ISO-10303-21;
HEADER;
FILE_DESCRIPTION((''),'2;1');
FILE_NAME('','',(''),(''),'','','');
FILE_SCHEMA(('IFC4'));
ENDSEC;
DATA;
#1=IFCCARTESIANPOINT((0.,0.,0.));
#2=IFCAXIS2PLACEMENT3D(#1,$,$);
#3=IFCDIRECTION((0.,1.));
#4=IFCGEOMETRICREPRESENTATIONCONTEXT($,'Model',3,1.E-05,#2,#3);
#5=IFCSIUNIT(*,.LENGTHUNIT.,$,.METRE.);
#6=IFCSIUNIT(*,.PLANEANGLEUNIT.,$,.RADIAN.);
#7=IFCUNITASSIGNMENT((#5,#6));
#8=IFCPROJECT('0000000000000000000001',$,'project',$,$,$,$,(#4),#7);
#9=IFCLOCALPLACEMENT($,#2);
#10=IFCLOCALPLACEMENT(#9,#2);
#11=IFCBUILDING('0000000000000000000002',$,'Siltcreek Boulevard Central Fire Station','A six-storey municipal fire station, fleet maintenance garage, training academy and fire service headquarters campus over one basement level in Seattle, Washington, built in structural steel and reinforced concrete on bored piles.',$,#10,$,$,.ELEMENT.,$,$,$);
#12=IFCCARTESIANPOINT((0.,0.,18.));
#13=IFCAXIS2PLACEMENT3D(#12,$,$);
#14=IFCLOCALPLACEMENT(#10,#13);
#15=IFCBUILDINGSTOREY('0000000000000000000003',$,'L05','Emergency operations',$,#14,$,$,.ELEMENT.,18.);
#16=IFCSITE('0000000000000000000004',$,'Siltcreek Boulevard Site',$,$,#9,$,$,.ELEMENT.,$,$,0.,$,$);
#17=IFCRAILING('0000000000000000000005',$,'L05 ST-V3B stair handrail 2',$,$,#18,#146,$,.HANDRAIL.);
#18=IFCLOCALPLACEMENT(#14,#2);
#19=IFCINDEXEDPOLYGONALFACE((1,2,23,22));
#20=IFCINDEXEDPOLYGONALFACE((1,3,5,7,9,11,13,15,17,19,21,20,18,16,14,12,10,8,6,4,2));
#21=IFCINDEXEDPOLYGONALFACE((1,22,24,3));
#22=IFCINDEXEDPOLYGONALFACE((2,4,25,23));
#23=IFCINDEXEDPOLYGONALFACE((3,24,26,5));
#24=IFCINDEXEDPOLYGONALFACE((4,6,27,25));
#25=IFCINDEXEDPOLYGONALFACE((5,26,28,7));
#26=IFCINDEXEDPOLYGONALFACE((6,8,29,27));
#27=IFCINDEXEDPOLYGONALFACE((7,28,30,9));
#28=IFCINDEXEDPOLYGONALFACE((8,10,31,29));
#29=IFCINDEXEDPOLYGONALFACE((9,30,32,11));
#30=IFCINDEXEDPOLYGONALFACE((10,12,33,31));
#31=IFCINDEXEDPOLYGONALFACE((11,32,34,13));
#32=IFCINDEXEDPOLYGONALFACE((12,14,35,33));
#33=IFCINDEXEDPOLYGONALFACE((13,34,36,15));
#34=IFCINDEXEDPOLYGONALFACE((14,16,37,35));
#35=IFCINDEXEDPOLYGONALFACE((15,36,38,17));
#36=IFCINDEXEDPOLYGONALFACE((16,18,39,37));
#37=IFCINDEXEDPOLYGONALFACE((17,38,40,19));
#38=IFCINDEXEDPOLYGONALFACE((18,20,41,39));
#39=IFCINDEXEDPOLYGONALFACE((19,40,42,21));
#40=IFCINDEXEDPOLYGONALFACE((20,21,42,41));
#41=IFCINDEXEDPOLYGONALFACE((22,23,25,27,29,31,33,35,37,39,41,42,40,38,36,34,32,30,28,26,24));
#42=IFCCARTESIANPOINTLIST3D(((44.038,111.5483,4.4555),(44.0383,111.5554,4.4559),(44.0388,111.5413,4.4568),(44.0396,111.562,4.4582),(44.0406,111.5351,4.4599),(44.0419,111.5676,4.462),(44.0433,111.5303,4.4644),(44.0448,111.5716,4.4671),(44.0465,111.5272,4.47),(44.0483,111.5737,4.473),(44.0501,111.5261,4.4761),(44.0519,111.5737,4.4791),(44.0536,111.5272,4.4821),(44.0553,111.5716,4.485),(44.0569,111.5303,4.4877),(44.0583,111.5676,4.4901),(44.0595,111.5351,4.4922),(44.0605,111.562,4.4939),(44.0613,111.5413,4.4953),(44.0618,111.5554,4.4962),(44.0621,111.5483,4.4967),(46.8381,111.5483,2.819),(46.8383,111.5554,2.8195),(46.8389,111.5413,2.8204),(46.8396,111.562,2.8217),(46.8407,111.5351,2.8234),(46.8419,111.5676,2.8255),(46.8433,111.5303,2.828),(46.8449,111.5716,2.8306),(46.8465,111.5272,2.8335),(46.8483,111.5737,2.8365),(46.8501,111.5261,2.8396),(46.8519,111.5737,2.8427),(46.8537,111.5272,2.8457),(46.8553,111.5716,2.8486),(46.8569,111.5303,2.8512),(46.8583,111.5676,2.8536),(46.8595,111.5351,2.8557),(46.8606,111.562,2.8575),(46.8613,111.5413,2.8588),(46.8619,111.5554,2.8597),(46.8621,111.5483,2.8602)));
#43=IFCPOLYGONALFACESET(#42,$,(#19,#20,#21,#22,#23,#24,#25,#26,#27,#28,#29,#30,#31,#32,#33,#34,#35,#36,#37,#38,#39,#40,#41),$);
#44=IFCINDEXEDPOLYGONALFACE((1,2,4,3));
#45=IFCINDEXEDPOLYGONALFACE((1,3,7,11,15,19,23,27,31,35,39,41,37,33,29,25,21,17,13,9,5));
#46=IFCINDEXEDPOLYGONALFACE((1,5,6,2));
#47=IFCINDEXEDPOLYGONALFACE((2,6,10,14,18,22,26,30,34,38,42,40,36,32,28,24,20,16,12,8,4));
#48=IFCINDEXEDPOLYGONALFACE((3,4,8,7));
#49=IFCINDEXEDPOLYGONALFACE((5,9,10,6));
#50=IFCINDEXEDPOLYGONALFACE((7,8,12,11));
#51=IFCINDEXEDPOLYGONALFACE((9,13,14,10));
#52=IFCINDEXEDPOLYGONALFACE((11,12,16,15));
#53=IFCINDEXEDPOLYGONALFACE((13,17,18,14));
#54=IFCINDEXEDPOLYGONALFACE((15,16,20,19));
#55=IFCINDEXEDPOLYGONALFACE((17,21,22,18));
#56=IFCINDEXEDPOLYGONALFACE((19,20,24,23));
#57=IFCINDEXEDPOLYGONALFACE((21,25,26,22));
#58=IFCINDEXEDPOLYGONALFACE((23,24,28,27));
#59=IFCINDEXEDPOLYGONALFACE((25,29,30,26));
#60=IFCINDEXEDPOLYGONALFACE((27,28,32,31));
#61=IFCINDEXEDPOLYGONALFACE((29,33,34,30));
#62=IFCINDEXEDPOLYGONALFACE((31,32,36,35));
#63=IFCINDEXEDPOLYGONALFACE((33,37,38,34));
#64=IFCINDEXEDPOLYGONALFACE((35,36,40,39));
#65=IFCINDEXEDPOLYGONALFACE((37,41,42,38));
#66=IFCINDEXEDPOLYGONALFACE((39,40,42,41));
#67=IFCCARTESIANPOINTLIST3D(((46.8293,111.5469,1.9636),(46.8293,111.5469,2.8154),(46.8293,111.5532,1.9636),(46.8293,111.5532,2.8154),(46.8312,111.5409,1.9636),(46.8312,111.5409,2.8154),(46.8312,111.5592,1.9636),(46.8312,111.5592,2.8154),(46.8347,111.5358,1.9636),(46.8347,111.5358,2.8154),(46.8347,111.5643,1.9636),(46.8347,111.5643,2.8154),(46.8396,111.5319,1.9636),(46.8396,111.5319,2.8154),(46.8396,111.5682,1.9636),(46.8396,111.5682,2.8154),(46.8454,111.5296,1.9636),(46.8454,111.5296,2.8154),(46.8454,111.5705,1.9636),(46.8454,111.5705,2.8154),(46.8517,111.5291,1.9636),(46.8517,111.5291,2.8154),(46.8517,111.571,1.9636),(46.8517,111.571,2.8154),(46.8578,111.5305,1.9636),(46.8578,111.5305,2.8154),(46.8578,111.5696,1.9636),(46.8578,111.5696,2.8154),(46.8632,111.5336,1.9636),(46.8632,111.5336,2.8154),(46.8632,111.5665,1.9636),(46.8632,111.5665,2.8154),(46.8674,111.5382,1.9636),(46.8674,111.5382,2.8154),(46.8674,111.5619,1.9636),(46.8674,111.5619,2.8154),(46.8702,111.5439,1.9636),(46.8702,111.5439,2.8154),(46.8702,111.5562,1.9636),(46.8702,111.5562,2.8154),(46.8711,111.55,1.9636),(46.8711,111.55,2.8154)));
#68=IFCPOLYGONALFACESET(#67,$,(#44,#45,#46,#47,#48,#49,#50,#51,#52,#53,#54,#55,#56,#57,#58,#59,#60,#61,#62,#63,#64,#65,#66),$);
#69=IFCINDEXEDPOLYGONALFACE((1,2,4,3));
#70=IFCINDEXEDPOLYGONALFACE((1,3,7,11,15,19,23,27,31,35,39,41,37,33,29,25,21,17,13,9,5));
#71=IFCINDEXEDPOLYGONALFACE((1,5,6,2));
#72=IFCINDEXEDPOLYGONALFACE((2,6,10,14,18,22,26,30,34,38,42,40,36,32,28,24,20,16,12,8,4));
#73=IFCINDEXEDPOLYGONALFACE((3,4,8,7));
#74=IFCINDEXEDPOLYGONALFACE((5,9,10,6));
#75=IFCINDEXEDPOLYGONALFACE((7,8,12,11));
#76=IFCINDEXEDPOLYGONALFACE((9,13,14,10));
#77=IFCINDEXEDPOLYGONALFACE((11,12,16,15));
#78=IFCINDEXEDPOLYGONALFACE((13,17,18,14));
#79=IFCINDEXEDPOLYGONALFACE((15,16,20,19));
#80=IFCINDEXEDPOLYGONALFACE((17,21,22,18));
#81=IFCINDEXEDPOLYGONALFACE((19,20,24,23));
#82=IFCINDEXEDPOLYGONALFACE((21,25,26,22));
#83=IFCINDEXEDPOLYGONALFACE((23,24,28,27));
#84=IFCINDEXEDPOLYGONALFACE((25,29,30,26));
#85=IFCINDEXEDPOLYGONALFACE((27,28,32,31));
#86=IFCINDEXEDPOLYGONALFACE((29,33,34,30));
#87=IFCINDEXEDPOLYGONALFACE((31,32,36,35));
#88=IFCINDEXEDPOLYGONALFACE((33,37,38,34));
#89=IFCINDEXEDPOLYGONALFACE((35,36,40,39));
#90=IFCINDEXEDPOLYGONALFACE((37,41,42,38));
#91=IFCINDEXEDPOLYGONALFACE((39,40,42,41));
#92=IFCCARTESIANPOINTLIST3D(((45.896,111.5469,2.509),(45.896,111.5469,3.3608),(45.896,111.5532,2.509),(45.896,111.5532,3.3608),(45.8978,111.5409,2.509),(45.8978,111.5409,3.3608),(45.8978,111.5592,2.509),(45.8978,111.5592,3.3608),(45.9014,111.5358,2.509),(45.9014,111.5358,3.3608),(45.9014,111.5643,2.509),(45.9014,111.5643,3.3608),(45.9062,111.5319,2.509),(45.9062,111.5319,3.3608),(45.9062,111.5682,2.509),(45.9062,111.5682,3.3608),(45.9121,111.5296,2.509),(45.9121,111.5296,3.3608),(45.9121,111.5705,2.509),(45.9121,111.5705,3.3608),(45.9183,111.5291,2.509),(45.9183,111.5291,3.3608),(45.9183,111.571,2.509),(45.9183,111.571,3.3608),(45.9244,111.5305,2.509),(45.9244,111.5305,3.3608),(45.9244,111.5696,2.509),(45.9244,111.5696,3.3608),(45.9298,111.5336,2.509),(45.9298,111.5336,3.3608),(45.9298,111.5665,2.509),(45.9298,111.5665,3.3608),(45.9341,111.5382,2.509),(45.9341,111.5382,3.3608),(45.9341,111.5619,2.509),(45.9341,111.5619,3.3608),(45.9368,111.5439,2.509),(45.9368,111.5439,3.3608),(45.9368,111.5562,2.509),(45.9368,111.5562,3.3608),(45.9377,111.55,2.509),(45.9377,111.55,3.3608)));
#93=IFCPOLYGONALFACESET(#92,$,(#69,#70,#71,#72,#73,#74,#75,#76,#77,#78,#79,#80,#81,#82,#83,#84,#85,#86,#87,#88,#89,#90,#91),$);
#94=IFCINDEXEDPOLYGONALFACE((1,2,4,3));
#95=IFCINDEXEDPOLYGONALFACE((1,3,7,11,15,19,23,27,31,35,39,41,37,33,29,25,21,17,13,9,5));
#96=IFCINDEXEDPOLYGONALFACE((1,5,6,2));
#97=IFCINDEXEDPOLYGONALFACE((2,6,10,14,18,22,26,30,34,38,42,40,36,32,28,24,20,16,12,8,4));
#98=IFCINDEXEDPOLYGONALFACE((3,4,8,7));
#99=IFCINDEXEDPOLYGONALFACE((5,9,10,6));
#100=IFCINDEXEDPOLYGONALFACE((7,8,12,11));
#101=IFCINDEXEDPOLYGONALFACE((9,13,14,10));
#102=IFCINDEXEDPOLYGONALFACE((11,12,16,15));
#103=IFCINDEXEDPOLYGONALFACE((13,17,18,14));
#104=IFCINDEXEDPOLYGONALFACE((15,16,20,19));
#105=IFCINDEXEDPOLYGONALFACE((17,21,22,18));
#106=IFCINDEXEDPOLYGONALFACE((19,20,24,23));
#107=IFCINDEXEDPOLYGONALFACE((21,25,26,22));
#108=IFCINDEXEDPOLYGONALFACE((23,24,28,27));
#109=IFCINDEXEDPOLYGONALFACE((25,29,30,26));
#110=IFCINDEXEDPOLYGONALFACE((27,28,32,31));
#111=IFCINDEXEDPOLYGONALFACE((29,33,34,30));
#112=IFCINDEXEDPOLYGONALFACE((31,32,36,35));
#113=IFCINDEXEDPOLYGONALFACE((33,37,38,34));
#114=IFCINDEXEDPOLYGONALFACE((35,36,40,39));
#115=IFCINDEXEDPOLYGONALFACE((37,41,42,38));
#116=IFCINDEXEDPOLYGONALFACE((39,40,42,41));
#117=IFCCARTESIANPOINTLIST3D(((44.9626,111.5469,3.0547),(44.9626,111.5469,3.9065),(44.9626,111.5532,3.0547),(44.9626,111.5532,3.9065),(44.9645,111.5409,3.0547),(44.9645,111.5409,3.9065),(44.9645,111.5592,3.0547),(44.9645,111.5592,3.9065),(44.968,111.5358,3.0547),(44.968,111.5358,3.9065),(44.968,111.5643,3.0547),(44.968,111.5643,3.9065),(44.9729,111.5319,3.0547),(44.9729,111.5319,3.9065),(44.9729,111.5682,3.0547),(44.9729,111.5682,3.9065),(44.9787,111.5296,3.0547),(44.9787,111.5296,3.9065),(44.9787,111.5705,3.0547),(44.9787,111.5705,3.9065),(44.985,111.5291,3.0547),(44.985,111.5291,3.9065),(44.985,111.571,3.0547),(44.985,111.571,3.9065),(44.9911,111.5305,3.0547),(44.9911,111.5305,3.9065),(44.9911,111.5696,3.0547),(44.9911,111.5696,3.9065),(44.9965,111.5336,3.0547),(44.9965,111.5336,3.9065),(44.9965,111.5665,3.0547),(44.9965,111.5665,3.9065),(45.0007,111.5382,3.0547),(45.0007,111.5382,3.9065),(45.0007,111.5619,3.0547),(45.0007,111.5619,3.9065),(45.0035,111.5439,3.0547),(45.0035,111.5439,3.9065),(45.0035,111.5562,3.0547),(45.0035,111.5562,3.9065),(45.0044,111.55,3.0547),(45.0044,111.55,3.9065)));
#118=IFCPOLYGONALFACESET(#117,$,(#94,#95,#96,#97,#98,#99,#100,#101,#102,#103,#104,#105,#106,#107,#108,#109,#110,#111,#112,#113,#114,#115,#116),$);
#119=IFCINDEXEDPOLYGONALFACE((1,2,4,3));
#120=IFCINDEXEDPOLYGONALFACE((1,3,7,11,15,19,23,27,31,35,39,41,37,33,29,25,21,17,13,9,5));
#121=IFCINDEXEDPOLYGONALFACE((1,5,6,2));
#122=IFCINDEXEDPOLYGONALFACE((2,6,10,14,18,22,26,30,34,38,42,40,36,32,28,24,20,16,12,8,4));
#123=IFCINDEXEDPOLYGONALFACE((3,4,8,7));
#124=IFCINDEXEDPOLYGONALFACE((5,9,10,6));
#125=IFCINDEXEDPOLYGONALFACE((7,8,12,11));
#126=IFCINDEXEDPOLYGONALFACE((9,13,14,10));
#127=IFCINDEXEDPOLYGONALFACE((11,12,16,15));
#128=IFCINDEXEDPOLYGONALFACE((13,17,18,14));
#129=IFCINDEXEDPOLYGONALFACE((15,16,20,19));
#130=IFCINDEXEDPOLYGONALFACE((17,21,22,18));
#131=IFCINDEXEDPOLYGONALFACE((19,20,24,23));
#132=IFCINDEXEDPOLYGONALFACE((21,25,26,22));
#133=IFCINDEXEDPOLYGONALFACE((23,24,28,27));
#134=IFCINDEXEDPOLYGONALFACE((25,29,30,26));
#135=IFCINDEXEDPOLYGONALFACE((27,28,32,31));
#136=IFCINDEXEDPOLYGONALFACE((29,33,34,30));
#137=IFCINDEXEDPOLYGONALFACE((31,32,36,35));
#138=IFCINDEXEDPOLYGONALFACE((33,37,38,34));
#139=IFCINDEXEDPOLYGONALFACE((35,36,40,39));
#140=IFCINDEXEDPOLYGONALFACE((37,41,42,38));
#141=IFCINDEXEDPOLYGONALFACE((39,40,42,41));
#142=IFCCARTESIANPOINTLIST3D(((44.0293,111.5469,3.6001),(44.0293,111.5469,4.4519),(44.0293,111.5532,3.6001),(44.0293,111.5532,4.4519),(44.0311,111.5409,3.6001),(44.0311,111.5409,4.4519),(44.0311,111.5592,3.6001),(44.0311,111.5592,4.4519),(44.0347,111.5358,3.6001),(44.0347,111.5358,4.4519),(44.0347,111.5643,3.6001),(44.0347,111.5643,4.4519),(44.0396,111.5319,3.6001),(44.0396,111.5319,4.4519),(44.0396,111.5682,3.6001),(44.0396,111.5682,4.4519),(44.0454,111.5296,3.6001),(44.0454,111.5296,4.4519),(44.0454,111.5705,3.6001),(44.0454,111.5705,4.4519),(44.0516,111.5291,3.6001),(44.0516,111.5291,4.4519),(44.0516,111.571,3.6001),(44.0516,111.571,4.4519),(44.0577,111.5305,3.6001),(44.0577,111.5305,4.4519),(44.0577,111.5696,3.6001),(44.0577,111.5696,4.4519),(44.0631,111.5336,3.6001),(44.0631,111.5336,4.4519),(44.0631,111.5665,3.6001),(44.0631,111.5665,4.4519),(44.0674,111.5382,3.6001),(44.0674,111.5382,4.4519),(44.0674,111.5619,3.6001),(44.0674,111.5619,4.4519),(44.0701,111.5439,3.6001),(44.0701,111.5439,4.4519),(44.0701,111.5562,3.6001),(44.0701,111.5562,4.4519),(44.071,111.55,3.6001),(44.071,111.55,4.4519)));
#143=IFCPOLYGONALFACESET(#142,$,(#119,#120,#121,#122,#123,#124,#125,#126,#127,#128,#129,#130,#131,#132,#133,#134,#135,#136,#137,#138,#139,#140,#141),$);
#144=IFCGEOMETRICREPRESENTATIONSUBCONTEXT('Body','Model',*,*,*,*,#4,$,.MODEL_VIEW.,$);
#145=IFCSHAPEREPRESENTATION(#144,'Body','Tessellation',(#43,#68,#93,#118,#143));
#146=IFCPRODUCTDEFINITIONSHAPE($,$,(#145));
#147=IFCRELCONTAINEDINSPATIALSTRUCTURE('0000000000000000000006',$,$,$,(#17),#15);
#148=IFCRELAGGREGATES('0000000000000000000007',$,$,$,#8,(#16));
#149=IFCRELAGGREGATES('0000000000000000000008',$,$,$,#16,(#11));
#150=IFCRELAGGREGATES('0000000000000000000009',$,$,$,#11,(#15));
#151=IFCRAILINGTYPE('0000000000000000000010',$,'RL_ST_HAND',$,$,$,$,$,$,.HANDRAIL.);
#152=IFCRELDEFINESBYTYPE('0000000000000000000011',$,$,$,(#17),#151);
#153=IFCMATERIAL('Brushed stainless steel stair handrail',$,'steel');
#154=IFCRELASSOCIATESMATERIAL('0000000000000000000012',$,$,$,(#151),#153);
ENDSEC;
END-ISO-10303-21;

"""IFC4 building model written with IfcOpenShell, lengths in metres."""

from ifc_helpers import new_model, si_unit, direction, frame, origin, origin_2d, place, context, subcontext, project, spatial, circle, extrude, material, type_object, element, save


model = new_model("IFC4")

# Units and contexts
model_context = context("Model", 3, precision=1e-05, world=origin(), true_north=direction((0.0, 1.0)))
body_context = subcontext(model_context, "Body", "Model", "MODEL_VIEW")
ifc_project = project(units=[si_unit("LENGTHUNIT", "METRE"), si_unit("PLANEANGLEUNIT", "RADIAN")], contexts=[model_context])

# Site, building, storey
site_placement = place(None, origin())
site = spatial("IfcSite", under=ifc_project, at=site_placement, Name="Siltcreek Boulevard Site", CompositionType="ELEMENT", RefElevation=0.0)
building_placement = place(site_placement, origin())
building = spatial("IfcBuilding", under=site, at=building_placement, Name="Siltcreek Boulevard Central Fire Station", Description="A six-storey municipal fire station, fleet maintenance garage, training academy and fire service headquarters campus over one basement level in Seattle, Washington, built in structural steel and reinforced concrete on bored piles.", CompositionType="ELEMENT")
storey_placement = place(building_placement, frame((0.0, 0.0, 18.0)))
storey = spatial("IfcBuildingStorey", under=building, at=storey_placement, Name="L05", Description="Emergency operations", CompositionType="ELEMENT", Elevation=18.0)

# Railing
ifc_material_1 = material(Name="Brushed stainless steel stair handrail", Category="steel")
railing_type_1 = type_object("IfcRailingType", Name="RL_ST_HAND", PredefinedType="HANDRAIL", material=ifc_material_1)
railing_1_placement = place(storey_placement, frame((46.8501, 111.55, 1.9636)))
element("IfcRailing", 1, at=railing_1_placement, inside=storey, type_object=railing_type_1, Name="L05 ST-V3B stair handrail 2", PredefinedType="HANDRAIL", context=body_context, shape_type="SweptSolid", body=[
    extrude(circle(Radius=0.0239, at=origin_2d()), frame((0.0, 0.0, 0.876), z_axis=(-0.863361, 0.0, 0.504587), x_axis=(0.0, -1.0, 0.0)), (0.0, 0.0, 1.0), 3.2432),
    extrude(circle(Radius=0.021, at=origin_2d()), origin(), (0.0, 0.0, 1.0), 0.8518),
    extrude(circle(Radius=0.021, at=origin_2d()), frame((-0.9333, 0.0, 0.5454)), (0.0, 0.0, 1.0), 0.8518),
    extrude(circle(Radius=0.021, at=origin_2d()), frame((-1.8667, 0.0, 1.0911)), (0.0, 0.0, 1.0), 0.8518),
    extrude(circle(Radius=0.021, at=origin_2d()), frame((-2.8, 0.0, 1.6365)), (0.0, 0.0, 1.0), 0.8518),
])

save(model, "model.ifc")
